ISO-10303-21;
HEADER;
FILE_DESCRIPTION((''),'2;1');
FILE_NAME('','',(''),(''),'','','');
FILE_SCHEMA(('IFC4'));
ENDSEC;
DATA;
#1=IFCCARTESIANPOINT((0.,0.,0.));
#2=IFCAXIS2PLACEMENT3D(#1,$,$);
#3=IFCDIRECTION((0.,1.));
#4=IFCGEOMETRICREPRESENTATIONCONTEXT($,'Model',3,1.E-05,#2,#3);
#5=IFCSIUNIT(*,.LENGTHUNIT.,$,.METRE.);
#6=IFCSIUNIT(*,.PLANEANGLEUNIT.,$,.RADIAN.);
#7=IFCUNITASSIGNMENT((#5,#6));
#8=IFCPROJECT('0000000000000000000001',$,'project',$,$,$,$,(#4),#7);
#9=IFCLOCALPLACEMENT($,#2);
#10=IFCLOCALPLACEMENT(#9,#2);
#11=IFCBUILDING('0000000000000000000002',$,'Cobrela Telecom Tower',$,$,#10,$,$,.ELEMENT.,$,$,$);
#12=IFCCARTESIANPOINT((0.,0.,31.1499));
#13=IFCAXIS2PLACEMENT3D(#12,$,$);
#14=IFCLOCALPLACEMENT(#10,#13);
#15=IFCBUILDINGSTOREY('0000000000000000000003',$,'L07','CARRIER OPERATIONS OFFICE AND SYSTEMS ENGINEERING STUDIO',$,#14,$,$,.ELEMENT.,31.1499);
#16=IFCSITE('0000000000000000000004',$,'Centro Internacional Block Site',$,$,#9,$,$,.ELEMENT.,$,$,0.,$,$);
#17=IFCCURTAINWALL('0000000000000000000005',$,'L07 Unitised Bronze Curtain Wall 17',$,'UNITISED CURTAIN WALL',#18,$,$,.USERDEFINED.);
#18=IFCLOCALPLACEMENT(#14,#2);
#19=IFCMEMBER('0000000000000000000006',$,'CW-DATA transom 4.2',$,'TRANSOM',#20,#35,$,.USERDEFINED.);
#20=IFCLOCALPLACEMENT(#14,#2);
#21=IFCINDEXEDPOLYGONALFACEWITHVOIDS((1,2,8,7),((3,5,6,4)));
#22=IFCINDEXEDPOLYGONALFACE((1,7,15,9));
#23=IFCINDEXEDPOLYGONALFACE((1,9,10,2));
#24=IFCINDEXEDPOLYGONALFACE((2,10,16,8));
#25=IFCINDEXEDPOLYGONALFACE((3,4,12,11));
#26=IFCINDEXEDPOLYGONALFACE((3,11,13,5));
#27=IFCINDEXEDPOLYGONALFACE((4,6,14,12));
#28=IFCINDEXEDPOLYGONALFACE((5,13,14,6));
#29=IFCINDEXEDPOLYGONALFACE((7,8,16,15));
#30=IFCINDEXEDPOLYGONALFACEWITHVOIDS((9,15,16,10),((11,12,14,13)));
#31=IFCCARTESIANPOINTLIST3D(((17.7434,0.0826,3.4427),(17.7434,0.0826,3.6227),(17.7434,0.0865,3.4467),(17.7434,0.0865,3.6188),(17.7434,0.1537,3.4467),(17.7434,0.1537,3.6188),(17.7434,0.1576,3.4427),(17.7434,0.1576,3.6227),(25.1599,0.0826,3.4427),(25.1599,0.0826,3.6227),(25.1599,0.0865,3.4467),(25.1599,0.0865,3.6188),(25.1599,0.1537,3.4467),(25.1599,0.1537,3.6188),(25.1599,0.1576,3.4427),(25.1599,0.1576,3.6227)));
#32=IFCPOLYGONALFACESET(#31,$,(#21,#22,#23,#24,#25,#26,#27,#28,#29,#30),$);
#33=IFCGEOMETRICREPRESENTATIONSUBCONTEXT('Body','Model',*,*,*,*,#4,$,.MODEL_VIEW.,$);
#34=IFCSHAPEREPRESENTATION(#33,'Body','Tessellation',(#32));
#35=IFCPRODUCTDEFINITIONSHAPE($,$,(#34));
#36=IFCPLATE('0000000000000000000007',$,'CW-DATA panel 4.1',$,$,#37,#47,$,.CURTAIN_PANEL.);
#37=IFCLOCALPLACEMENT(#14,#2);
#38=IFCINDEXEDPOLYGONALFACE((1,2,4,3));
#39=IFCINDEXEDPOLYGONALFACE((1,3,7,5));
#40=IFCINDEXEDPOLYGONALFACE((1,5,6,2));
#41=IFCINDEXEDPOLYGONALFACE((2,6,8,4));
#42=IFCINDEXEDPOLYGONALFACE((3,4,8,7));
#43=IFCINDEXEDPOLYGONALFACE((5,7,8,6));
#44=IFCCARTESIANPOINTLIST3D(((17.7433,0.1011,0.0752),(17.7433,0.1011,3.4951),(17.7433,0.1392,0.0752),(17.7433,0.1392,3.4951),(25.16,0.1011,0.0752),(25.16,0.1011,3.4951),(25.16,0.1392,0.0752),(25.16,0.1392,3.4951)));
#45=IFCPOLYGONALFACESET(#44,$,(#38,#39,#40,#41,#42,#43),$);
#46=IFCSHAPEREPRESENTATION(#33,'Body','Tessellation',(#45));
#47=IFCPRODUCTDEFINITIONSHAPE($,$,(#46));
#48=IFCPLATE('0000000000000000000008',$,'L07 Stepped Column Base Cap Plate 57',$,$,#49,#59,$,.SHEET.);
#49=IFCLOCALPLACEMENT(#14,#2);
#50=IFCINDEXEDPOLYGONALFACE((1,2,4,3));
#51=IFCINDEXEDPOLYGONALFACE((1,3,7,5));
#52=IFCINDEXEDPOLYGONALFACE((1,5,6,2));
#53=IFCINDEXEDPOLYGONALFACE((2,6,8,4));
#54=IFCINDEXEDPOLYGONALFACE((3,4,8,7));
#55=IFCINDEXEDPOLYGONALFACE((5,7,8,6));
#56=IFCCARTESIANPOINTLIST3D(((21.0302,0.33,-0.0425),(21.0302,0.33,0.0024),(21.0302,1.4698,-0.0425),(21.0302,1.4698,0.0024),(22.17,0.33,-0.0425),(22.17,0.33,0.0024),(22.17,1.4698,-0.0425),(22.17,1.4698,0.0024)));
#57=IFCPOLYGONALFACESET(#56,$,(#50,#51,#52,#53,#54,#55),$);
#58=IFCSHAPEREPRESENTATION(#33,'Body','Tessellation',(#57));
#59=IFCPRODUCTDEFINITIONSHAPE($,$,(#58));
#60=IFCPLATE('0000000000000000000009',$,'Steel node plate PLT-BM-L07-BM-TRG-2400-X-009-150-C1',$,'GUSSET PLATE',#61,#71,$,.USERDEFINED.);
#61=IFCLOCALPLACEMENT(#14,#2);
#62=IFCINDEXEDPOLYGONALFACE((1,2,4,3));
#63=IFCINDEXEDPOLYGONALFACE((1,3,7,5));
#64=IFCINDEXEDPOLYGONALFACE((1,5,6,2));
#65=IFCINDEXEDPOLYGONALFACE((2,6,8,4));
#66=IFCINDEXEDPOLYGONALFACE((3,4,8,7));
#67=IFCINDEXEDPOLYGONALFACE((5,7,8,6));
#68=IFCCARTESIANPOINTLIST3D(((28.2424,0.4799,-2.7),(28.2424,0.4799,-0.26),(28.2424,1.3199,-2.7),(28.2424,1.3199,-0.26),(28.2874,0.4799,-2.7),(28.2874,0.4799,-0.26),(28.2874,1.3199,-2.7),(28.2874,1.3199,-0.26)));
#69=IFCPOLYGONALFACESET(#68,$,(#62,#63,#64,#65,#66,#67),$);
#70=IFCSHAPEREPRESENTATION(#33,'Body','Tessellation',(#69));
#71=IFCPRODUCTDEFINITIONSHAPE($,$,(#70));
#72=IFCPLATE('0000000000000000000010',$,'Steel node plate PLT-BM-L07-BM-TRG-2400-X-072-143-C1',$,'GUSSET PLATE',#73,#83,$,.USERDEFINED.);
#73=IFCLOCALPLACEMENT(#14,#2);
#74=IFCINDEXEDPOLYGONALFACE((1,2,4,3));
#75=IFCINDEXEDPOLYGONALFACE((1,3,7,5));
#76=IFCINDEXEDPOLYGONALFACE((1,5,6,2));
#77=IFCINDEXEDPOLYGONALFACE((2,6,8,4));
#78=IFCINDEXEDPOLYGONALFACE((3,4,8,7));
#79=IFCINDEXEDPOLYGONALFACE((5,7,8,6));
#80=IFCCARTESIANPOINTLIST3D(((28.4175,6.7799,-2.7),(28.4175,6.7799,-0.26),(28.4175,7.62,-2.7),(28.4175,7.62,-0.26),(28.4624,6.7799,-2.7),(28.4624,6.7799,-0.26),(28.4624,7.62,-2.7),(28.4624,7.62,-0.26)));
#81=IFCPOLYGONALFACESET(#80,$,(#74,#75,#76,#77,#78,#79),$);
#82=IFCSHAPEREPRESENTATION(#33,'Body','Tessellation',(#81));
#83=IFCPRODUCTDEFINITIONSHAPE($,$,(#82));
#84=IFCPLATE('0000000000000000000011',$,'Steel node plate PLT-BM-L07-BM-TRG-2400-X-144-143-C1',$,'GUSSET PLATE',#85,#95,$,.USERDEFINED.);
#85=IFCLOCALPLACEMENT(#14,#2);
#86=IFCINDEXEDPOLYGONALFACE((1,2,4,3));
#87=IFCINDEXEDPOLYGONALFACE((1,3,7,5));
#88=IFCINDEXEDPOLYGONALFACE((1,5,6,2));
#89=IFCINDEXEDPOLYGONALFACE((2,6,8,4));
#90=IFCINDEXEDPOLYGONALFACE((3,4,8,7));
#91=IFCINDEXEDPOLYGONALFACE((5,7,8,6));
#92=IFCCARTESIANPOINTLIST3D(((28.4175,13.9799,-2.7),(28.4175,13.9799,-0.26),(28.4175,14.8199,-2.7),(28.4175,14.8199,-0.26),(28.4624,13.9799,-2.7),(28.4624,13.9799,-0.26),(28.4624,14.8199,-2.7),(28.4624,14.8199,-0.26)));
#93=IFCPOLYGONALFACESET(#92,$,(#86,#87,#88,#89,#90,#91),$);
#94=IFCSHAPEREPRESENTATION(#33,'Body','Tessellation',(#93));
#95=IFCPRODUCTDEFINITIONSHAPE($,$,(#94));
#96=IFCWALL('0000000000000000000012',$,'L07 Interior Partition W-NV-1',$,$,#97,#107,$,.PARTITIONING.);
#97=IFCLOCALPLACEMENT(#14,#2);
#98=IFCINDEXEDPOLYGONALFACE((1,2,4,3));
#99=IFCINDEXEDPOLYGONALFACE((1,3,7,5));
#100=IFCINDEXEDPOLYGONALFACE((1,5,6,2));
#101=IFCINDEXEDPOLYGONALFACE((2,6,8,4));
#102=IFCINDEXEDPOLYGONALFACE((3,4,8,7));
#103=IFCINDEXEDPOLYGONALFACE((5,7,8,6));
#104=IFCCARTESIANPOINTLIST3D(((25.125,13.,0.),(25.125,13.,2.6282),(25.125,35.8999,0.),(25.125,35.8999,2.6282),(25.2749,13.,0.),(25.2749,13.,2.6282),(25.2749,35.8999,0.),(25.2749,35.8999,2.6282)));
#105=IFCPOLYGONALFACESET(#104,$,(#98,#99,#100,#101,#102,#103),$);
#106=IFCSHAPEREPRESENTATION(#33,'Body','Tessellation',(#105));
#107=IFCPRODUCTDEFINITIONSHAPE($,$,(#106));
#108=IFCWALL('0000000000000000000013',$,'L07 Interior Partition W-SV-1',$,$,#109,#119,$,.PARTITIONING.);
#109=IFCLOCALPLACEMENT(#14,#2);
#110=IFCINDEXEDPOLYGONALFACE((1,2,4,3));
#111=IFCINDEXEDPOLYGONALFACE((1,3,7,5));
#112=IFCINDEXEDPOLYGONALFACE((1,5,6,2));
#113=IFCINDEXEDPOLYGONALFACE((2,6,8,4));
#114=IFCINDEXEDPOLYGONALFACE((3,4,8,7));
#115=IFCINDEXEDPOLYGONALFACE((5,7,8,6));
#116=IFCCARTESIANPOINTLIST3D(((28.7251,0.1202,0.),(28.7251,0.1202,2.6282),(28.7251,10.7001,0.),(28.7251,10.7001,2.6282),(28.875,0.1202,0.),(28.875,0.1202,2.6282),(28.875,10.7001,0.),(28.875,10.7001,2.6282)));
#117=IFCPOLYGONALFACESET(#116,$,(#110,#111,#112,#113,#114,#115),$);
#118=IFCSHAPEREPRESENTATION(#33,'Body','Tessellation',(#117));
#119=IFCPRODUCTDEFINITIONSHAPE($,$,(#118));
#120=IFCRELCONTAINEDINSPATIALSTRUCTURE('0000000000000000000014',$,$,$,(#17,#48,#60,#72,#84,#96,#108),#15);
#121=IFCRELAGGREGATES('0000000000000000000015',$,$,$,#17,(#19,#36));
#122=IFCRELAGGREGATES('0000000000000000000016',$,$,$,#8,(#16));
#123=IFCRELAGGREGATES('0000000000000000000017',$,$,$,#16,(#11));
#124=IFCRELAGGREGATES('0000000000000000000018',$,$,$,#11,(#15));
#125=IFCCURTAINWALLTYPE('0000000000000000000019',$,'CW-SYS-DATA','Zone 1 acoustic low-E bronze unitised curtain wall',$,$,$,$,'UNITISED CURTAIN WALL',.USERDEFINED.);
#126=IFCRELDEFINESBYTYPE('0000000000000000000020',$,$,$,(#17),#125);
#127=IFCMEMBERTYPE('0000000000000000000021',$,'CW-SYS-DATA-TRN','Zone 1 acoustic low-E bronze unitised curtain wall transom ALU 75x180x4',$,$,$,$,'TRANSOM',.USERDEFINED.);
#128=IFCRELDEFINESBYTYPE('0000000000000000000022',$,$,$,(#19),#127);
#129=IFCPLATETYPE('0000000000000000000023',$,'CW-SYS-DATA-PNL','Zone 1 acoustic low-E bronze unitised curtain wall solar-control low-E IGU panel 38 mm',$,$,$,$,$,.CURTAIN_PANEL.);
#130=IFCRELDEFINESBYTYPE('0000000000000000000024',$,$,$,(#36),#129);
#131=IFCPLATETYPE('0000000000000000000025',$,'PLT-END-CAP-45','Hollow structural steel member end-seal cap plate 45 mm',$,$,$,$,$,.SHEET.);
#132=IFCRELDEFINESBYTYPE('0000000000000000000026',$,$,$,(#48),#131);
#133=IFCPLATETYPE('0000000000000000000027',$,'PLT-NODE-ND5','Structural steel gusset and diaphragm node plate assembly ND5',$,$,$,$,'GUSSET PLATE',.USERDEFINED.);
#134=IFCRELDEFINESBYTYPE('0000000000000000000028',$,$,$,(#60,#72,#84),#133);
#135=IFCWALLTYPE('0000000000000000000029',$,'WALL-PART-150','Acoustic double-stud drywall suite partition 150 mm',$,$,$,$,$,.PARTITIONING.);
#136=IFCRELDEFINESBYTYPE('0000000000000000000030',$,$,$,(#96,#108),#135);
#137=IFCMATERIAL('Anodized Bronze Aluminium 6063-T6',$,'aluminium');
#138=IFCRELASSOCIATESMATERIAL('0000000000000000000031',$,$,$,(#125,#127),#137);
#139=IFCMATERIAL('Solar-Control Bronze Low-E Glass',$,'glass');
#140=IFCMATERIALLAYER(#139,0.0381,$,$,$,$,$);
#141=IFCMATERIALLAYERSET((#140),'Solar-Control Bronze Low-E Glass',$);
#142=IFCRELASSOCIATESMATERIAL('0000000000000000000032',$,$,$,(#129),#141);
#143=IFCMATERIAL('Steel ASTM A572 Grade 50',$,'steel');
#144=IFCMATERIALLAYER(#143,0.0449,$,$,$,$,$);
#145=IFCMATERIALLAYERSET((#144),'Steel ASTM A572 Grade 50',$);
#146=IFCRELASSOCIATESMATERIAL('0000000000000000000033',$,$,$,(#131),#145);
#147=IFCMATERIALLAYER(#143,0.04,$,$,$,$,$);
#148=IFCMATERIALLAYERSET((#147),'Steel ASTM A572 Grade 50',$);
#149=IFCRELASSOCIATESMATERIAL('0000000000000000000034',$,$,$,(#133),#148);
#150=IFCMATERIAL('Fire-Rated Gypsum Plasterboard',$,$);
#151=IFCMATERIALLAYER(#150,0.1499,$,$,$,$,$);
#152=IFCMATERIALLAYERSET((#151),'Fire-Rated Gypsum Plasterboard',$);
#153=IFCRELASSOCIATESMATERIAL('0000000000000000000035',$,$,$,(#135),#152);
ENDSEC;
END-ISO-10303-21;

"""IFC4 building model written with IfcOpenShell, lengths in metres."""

from ifc_helpers import new_model, si_unit, direction, frame, frame_2d, origin, origin_2d, place, context, subcontext, project, spatial, rectangle, hollow_rectangle, extrude, material, layer, layer_set, material_profile, profile_set, type_object, element, aggregate, save


model = new_model("IFC4")

# Units and contexts
model_context = context("Model", 3, precision=1e-05, world=origin(), true_north=direction((0.0, 1.0)))
body_context = subcontext(model_context, "Body", "Model", "MODEL_VIEW")
ifc_project = project(units=[si_unit("LENGTHUNIT", "METRE"), si_unit("PLANEANGLEUNIT", "RADIAN")], contexts=[model_context])

# Site, building, storey
site_placement = place(None, origin())
site = spatial("IfcSite", under=ifc_project, at=site_placement, Name="Centro Internacional Block Site", CompositionType="ELEMENT", RefElevation=0.0)
building_placement = place(site_placement, origin())
building = spatial("IfcBuilding", under=site, at=building_placement, Name="Cobrela Telecom Tower", CompositionType="ELEMENT")
storey_placement = place(building_placement, frame((0.0, 0.0, 31.1499)))
storey = spatial("IfcBuildingStorey", under=building, at=storey_placement, Name="L07", Description="CARRIER OPERATIONS OFFICE AND SYSTEMS ENGINEERING STUDIO", CompositionType="ELEMENT", Elevation=31.1499)

# Shared definitions
ifc_material_1 = material(Name="Steel ASTM A572 Grade 50", Category="steel")

# Curtain wall, member, plate
ifc_material_2 = material(Name="Anodized Bronze Aluminium 6063-T6", Category="aluminium")
curtain_wall_type = type_object("IfcCurtainWallType", Name="CW-SYS-DATA", Description="Zone 1 acoustic low-E bronze unitised curtain wall", ElementType="UNITISED CURTAIN WALL", PredefinedType="USERDEFINED", material=ifc_material_2)
curtain_wall_placement = place(storey_placement, origin())
curtain_wall = element("IfcCurtainWall", 1, at=curtain_wall_placement, inside=storey, type_object=curtain_wall_type, Name="L07 Unitised Bronze Curtain Wall 17", ObjectType="UNITISED CURTAIN WALL", PredefinedType="USERDEFINED")
ifc_material_profile_1 = material_profile(ifc_material_2, hollow_rectangle(XDim=0.075, YDim=0.1799, WallThickness=0.0039, at=origin_2d()), Name="ALU 75x180x4")
ifc_profile_set_1 = profile_set([ifc_material_profile_1], Name="Anodized Bronze Aluminium 6063-T6")
member_type_1 = type_object("IfcMemberType", Name="CW-SYS-DATA-TRN", Description="Zone 1 acoustic low-E bronze unitised curtain wall transom ALU 75x180x4", ElementType="TRANSOM", PredefinedType="USERDEFINED", material=ifc_profile_set_1)
member_1_placement = place(storey_placement, frame((25.1599, 0.1201, 3.5327), z_axis=(-1.0, 0.0, 0.0), x_axis=(0.0, -1.0, 0.0)))
member_1 = element("IfcMember", 2, at=member_1_placement, type_object=member_type_1, Name="CW-DATA transom 4.2", ObjectType="TRANSOM", PredefinedType="USERDEFINED", context=body_context, shape_type="SweptSolid", body=[
    extrude(hollow_rectangle(XDim=0.075, YDim=0.1799, WallThickness=0.0039, at=origin_2d()), origin(), (0.0, 0.0, 1.0), 7.4165),
])
ifc_material_3 = material(Name="Solar-Control Bronze Low-E Glass", Category="glass")
ifc_layer_1 = layer(ifc_material_3, 0.0381)
ifc_layer_set_1 = layer_set([ifc_layer_1], Name="Solar-Control Bronze Low-E Glass")
plate_type_1 = type_object("IfcPlateType", Name="CW-SYS-DATA-PNL", Description="Zone 1 acoustic low-E bronze unitised curtain wall solar-control low-E IGU panel 38 mm", PredefinedType="CURTAIN_PANEL", material=ifc_layer_set_1)
plate_1_placement = place(storey_placement, frame((21.4517, 0.1201, 0.0752), z_axis=(0.0, 0.0, 1.0), x_axis=(-1.0, 0.0, 0.0)))
plate_1 = element("IfcPlate", 3, at=plate_1_placement, type_object=plate_type_1, Name="CW-DATA panel 4.1", PredefinedType="CURTAIN_PANEL", context=body_context, shape_type="SweptSolid", body=[
    extrude(rectangle(XDim=7.4167, YDim=0.0381, at=origin_2d()), origin(), (0.0, 0.0, 1.0), 3.4199),
])
aggregate(curtain_wall, [member_1, plate_1])

# Plates
ifc_layer_2 = layer(ifc_material_1, 0.0449)
ifc_layer_set_2 = layer_set([ifc_layer_2], Name="Steel ASTM A572 Grade 50")
plate_type_2 = type_object("IfcPlateType", Name="PLT-END-CAP-45", Description="Hollow structural steel member end-seal cap plate 45 mm", PredefinedType="SHEET", material=ifc_layer_set_2)
plate_2_placement = place(storey_placement, frame((21.6001, 0.8999, -0.0425), z_axis=(0.0, 0.0, 1.0), x_axis=(1.0, 0.0, 0.0)))
element("IfcPlate", 4, at=plate_2_placement, inside=storey, type_object=plate_type_2, Name="L07 Stepped Column Base Cap Plate 57", PredefinedType="SHEET", context=body_context, shape_type="SweptSolid", body=[
    extrude(rectangle(XDim=1.1399, YDim=1.1399, at=origin_2d()), origin(), (0.0, 0.0, 1.0), 0.0449),
])
ifc_layer_3 = layer(ifc_material_1, 0.04)
ifc_layer_set_3 = layer_set([ifc_layer_3], Name="Steel ASTM A572 Grade 50")
plate_type_3 = type_object("IfcPlateType", Name="PLT-NODE-ND5", Description="Structural steel gusset and diaphragm node plate assembly ND5", ElementType="GUSSET PLATE", PredefinedType="USERDEFINED", material=ifc_layer_set_3)
for number, where, z_axis, x_axis, name in (
    (5, (28.2649, 0.8999, -2.7), (0.0, 0.0, 1.0), (1.0, 0.0, 0.0), "Steel node plate PLT-BM-L07-BM-TRG-2400-X-009-150-C1"),
    (6, (28.4399, 7.2, -2.7), (0.0, 0.0, 1.0), (1.0, 0.0, 0.0), "Steel node plate PLT-BM-L07-BM-TRG-2400-X-072-143-C1"),
    (7, (28.4399, 14.3999, -2.7), (0.0, 0.0, 1.0), (1.0, 0.0, 0.0), "Steel node plate PLT-BM-L07-BM-TRG-2400-X-144-143-C1"),
):
    element("IfcPlate", number, at=place(storey_placement, frame(where, z_axis=z_axis, x_axis=x_axis)), inside=storey, type_object=plate_type_3, Name=name, ObjectType="GUSSET PLATE", PredefinedType="USERDEFINED", context=body_context, shape_type="SweptSolid", body=[
        extrude(rectangle(XDim=0.0449, YDim=0.8401, at=origin_2d()), origin(), (0.0, 0.0, 1.0), 2.4399),
    ])

# Walls
ifc_material_4 = material(Name="Fire-Rated Gypsum Plasterboard")
ifc_layer_4 = layer(ifc_material_4, 0.1499)
ifc_layer_set_4 = layer_set([ifc_layer_4], Name="Fire-Rated Gypsum Plasterboard")
wall_type = type_object("IfcWallType", Name="WALL-PART-150", Description="Acoustic double-stud drywall suite partition 150 mm", PredefinedType="PARTITIONING", material=ifc_layer_set_4)
wall_1_placement = place(storey_placement, frame((25.2, 13.0, 0.0), z_axis=(0.0, 0.0, 1.0), x_axis=(0.0, 1.0, 0.0)))
element("IfcWall", 8, at=wall_1_placement, inside=storey, type_object=wall_type, Name="L07 Interior Partition W-NV-1", PredefinedType="PARTITIONING", context=body_context, shape_type="SweptSolid", body=[
    extrude(rectangle(XDim=22.8999, YDim=0.1499, at=frame_2d((11.45, 0.0))), origin(), (0.0, 0.0, 1.0), 2.6282),
])
wall_2_placement = place(storey_placement, frame((28.8, 0.1201, 0.0), z_axis=(0.0, 0.0, 1.0), x_axis=(0.0, 1.0, 0.0)))
element("IfcWall", 9, at=wall_2_placement, inside=storey, type_object=wall_type, Name="L07 Interior Partition W-SV-1", PredefinedType="PARTITIONING", context=body_context, shape_type="SweptSolid", body=[
    extrude(rectangle(XDim=10.5798, YDim=0.1499, at=frame_2d((5.29, 0.0))), origin(), (0.0, 0.0, 1.0), 2.6282),
])

save(model, "model.ifc")
